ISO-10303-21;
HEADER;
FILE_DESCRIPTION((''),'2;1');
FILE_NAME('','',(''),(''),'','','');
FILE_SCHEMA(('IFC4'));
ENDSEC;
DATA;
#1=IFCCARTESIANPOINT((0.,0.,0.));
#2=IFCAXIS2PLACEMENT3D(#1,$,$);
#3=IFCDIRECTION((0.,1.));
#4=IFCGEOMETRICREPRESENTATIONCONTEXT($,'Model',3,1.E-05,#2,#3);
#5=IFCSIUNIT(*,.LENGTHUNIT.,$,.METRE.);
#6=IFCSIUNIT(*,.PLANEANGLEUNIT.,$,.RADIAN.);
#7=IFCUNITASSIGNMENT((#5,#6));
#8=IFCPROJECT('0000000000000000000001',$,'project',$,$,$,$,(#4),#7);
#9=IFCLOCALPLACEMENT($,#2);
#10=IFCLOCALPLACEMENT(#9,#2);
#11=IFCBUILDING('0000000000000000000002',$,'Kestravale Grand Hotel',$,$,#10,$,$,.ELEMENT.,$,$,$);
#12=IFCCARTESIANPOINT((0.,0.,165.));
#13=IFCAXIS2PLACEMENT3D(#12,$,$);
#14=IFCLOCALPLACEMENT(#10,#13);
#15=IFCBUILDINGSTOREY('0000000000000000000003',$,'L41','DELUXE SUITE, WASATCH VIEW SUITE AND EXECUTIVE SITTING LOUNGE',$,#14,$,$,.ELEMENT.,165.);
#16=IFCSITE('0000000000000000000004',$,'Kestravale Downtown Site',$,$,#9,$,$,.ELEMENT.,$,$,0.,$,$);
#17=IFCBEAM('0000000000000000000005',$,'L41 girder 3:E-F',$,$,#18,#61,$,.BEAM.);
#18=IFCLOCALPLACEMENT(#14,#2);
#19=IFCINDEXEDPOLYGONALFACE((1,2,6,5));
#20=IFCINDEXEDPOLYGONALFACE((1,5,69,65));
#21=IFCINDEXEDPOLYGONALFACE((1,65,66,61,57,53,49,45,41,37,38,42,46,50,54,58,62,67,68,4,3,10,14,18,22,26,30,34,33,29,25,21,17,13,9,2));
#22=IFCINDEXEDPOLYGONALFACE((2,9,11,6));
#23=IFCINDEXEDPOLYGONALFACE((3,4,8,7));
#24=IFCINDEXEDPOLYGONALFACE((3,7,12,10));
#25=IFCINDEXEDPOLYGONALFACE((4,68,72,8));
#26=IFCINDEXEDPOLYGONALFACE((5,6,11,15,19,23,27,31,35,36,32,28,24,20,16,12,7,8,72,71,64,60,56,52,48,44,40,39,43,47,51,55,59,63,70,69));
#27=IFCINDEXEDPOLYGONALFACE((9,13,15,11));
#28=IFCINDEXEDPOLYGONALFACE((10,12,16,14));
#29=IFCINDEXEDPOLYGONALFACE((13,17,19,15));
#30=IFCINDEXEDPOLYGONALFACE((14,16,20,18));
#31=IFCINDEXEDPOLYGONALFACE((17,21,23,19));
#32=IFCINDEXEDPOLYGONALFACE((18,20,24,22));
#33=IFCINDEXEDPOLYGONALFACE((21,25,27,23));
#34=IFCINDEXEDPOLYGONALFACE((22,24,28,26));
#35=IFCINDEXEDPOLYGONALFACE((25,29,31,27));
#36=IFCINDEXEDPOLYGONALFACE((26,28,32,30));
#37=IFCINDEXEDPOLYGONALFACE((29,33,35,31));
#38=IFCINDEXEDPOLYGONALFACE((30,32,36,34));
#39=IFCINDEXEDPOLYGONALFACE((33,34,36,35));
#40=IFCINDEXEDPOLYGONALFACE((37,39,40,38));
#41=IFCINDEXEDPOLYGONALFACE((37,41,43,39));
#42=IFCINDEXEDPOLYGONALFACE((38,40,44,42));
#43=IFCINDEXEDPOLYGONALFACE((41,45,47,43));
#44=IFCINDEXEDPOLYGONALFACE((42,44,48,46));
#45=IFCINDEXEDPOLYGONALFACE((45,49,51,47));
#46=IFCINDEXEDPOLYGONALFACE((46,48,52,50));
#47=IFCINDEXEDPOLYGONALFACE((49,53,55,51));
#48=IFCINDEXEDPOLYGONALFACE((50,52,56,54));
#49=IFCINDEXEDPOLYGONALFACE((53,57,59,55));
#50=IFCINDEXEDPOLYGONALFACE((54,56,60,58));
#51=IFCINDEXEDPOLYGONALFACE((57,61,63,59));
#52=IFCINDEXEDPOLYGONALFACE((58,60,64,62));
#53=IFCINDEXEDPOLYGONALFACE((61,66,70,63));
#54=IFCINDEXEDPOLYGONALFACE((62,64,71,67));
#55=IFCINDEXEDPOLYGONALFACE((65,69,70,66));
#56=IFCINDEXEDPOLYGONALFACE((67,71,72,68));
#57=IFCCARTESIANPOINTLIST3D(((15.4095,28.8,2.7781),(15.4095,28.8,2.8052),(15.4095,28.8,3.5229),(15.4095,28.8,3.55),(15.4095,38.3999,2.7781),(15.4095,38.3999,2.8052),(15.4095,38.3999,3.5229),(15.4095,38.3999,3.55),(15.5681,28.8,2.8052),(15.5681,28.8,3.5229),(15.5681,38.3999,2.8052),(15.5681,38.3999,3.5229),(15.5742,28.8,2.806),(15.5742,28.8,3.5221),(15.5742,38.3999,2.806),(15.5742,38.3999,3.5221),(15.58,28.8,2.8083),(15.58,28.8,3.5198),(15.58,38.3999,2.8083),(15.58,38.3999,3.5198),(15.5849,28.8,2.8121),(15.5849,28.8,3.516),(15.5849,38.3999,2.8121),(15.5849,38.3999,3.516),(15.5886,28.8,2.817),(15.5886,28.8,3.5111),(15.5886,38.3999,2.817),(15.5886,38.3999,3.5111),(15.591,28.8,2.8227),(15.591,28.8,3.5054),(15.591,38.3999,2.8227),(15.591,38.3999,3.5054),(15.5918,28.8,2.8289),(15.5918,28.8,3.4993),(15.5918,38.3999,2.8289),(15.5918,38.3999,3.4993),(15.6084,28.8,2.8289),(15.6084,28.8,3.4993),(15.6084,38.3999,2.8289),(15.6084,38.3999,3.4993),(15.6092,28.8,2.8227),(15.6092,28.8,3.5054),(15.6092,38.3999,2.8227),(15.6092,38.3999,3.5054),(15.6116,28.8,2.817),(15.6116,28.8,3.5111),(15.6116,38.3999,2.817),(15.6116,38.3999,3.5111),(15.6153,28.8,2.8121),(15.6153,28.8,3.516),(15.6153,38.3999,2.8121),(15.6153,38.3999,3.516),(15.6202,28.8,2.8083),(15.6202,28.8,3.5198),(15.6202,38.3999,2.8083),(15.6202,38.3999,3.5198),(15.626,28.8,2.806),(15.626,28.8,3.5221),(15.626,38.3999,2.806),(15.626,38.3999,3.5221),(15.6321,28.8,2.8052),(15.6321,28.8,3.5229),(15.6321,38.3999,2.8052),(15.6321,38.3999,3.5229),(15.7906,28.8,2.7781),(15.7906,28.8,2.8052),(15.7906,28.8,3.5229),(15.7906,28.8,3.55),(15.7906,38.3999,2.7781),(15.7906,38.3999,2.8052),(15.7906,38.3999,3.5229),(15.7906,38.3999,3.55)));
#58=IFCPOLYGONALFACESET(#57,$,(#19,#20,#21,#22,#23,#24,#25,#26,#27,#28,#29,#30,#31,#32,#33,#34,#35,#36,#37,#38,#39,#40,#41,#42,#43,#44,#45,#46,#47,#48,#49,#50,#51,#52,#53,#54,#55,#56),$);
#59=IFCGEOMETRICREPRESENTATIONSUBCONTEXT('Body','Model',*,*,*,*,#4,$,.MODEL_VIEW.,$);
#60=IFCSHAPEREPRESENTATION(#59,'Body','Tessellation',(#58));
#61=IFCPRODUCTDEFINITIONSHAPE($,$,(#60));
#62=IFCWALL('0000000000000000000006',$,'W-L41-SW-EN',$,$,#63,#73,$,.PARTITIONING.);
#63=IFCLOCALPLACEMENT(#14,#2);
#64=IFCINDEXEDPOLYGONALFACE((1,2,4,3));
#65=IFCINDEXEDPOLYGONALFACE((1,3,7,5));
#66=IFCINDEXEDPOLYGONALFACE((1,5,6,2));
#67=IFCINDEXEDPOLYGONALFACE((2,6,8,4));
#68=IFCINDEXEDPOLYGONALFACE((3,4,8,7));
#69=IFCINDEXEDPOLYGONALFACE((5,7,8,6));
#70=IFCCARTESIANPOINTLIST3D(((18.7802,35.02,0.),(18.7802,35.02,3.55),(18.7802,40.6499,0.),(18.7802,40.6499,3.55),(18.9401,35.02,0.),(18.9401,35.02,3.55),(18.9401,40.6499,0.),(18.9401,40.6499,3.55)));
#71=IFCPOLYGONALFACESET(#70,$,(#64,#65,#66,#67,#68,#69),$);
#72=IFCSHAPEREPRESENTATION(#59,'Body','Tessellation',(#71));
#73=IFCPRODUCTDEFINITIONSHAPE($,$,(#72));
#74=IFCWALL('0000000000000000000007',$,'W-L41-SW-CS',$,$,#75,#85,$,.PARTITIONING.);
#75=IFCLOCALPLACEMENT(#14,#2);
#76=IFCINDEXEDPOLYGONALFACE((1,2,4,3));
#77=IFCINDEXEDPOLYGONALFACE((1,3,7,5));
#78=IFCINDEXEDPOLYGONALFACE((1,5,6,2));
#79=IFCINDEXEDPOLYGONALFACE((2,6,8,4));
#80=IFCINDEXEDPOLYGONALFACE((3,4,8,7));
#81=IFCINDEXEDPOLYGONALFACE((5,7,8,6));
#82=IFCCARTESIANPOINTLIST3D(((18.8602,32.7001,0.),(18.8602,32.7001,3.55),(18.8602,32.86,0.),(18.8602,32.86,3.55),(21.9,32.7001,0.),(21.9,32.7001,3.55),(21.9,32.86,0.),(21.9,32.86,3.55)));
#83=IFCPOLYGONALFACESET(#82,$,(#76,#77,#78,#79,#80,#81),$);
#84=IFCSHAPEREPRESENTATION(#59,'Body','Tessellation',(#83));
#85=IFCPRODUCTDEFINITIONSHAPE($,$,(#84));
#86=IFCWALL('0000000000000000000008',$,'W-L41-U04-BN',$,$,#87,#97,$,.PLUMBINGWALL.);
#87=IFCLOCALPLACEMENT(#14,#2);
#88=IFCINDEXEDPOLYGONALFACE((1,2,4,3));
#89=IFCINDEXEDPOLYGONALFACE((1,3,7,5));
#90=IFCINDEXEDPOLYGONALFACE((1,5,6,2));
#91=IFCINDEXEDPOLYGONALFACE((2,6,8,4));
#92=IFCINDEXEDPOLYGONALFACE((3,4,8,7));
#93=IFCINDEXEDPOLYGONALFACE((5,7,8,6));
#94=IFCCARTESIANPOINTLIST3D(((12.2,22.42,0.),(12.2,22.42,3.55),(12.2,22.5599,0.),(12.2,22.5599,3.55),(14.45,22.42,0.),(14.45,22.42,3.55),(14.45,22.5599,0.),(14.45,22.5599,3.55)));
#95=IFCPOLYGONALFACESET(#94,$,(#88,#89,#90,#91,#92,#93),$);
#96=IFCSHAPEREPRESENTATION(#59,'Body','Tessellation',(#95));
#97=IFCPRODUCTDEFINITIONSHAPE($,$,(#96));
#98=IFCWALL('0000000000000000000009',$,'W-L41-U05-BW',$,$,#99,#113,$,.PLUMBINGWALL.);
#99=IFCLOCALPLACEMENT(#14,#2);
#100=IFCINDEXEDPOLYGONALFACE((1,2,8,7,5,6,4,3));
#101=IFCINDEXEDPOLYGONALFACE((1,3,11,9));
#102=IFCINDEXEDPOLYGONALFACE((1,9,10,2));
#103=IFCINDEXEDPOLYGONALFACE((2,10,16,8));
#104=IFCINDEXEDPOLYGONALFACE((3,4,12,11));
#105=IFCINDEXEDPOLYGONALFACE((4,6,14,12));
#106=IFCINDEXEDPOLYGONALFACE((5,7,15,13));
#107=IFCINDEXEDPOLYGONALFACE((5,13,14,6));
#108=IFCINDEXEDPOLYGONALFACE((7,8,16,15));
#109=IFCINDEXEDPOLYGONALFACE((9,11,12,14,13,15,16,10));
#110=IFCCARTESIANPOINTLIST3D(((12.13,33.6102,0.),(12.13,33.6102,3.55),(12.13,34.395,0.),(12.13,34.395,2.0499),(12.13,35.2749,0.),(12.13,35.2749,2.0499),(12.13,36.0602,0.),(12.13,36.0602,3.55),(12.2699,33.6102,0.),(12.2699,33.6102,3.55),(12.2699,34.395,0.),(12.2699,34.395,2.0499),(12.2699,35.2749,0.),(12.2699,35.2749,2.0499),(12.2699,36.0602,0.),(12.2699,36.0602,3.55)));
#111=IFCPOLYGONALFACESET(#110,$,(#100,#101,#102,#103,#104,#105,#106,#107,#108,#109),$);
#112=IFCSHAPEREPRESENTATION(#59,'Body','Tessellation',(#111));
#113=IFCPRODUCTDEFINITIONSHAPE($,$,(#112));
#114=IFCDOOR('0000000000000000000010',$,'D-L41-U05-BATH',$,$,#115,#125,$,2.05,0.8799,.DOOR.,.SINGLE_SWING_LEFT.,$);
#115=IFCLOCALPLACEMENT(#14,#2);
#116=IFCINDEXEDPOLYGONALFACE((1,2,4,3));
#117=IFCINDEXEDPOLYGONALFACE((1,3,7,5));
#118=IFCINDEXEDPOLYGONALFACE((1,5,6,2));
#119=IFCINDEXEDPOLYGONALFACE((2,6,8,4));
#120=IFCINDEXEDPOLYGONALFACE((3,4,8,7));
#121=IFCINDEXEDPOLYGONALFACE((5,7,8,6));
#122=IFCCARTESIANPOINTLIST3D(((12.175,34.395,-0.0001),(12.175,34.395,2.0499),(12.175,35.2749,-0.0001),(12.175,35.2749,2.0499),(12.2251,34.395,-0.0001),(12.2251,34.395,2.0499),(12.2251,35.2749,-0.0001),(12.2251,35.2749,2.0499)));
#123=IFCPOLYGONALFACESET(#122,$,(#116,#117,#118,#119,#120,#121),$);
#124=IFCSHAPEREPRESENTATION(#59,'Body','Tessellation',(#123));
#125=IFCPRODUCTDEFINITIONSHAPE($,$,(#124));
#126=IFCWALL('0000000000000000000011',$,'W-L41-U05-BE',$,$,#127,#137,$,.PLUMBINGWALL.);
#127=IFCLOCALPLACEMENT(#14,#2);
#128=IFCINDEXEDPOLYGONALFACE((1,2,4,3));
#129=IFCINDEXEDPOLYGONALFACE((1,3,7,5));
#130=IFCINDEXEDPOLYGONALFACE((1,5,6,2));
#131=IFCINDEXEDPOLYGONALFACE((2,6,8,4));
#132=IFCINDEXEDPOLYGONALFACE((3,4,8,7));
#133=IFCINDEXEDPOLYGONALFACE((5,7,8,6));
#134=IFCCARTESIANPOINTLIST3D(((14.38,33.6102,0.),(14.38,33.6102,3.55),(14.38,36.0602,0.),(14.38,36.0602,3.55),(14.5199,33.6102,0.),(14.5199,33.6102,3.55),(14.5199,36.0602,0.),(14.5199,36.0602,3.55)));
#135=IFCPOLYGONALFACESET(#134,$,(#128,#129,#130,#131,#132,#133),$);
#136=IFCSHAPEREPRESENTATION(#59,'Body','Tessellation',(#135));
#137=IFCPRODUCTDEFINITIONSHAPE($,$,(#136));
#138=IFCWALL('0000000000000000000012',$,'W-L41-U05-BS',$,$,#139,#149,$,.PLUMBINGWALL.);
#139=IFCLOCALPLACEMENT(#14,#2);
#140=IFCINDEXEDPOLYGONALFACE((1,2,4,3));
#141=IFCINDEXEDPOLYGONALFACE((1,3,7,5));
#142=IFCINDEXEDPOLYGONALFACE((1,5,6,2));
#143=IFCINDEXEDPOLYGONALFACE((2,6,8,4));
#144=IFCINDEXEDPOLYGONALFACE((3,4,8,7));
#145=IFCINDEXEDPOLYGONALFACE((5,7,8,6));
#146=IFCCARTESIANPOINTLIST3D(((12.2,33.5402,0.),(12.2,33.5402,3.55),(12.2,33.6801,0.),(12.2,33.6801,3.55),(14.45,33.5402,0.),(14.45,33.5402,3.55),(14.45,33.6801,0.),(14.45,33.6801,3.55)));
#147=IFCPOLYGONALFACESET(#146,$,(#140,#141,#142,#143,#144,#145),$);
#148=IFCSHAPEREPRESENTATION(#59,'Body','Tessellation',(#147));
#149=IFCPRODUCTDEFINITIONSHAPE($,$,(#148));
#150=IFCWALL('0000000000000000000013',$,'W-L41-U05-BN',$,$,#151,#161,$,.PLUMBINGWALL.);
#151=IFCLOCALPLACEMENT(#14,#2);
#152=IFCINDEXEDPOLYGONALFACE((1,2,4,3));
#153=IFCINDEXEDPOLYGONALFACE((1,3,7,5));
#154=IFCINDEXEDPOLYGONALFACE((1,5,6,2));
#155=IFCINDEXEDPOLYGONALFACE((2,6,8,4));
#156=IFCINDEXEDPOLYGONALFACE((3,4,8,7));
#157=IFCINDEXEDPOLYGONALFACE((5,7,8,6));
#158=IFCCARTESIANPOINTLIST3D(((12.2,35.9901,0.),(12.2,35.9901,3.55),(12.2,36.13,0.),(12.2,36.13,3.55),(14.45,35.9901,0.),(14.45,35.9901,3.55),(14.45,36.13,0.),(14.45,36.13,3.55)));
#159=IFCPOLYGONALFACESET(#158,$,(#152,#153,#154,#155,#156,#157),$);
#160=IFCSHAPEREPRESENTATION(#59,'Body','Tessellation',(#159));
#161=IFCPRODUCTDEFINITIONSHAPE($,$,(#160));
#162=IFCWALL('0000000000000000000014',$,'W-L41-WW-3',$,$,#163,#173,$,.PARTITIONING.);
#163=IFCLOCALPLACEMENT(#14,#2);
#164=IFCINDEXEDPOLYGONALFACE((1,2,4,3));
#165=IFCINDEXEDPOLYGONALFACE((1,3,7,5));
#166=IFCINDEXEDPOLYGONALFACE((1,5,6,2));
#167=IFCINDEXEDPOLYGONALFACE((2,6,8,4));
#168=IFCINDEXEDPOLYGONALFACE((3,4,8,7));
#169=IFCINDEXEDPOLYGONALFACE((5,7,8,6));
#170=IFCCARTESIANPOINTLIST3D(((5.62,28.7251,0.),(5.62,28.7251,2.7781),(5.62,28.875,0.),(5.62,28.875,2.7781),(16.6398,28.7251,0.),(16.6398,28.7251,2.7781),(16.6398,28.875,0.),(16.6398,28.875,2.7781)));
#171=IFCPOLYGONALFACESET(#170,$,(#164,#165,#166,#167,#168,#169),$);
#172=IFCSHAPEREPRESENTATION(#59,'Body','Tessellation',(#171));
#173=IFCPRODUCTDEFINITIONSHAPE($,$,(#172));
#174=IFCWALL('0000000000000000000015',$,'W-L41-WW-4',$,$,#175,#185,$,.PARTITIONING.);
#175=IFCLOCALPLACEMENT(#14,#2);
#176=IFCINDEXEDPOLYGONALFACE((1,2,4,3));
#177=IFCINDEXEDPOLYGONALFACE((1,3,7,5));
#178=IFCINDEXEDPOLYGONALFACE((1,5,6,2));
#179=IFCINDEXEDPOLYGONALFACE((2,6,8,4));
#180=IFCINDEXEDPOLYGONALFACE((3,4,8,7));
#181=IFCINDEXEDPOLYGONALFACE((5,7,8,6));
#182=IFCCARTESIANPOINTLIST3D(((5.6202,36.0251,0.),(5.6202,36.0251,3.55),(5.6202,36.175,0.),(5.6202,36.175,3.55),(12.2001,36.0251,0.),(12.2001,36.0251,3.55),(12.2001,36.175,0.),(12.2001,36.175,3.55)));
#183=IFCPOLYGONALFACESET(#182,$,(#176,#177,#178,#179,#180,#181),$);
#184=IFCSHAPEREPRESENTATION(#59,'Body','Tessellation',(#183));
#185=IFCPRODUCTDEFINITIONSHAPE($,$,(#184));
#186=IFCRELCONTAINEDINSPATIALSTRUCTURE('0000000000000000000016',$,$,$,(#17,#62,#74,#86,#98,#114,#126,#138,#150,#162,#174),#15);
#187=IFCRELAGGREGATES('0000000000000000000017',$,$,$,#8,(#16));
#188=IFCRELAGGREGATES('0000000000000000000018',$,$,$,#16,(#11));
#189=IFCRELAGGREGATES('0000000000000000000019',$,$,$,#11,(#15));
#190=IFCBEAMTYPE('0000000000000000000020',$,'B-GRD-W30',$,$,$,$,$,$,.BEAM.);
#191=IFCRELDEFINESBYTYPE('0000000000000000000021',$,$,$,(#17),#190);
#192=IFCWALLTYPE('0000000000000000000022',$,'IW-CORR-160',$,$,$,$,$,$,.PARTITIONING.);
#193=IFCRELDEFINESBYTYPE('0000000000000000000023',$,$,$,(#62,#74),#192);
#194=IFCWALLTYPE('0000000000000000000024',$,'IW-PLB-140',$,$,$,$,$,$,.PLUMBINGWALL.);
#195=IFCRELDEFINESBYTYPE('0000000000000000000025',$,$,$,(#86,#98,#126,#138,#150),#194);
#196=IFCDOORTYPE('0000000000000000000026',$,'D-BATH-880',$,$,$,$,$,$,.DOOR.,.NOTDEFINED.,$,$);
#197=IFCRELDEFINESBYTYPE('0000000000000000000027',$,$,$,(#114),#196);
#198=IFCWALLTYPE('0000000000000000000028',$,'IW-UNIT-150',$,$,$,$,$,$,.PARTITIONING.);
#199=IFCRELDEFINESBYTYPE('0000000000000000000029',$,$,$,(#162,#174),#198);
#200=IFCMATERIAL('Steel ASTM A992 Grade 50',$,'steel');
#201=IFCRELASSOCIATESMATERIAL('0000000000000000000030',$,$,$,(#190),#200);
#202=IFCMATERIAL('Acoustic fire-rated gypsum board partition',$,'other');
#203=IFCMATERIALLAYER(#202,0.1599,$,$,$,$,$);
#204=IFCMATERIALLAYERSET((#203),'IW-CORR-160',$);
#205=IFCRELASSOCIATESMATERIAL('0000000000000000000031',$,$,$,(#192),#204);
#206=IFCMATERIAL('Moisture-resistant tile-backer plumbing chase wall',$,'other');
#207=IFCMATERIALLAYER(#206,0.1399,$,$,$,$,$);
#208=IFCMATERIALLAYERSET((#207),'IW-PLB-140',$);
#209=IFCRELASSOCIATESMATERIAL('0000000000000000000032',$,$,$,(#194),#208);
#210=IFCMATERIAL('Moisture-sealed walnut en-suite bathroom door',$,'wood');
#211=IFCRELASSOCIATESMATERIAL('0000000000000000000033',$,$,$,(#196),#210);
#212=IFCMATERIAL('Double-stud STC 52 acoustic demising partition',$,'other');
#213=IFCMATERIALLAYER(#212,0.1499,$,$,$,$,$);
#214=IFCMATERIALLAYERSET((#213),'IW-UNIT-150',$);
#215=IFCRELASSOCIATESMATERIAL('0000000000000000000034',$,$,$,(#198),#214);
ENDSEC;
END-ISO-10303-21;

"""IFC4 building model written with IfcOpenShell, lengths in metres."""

from ifc_helpers import new_model, si_unit, direction, frame, frame_2d, origin, origin_2d, place, context, subcontext, project, spatial, rectangle, i_section, extrude, material, layer, layer_set, material_profile, profile_set, type_object, element, fill, save


model = new_model("IFC4")

# Units and contexts
model_context = context("Model", 3, precision=1e-05, world=origin(), true_north=direction((0.0, 1.0)))
body_context = subcontext(model_context, "Body", "Model", "MODEL_VIEW")
ifc_project = project(units=[si_unit("LENGTHUNIT", "METRE"), si_unit("PLANEANGLEUNIT", "RADIAN")], contexts=[model_context])

# Site, building, storey
site_placement = place(None, origin())
site = spatial("IfcSite", under=ifc_project, at=site_placement, Name="Kestravale Downtown Site", CompositionType="ELEMENT", RefElevation=0.0)
building_placement = place(site_placement, origin())
building = spatial("IfcBuilding", under=site, at=building_placement, Name="Kestravale Grand Hotel", CompositionType="ELEMENT")
storey_placement = place(building_placement, frame((0.0, 0.0, 165.0)))
storey = spatial("IfcBuildingStorey", under=building, at=storey_placement, Name="L41", Description="DELUXE SUITE, WASATCH VIEW SUITE AND EXECUTIVE SITTING LOUNGE", CompositionType="ELEMENT", Elevation=165.0)

# Beam
ifc_material_1 = material(Name="Steel ASTM A992 Grade 50", Category="steel")
ifc_material_profile_1 = material_profile(ifc_material_1, i_section(OverallWidth=0.3811, OverallDepth=0.772, WebThickness=0.0166, FlangeThickness=0.0271, FilletRadius=0.0237, at=origin_2d()))
ifc_profile_set_1 = profile_set([ifc_material_profile_1], Name="Steel ASTM A992 Grade 50")
beam_type_1 = type_object("IfcBeamType", Name="B-GRD-W30", PredefinedType="BEAM", material=ifc_profile_set_1)
beam_1_placement = place(storey_placement, frame((15.6001, 28.8, 3.1641), z_axis=(0.0, 1.0, 0.0), x_axis=(-1.0, 0.0, 0.0)))
element("IfcBeam", 1, at=beam_1_placement, inside=storey, type_object=beam_type_1, Name="L41 girder 3:E-F", PredefinedType="BEAM", context=body_context, shape_type="SweptSolid", body=[
    extrude(i_section(OverallWidth=0.3811, OverallDepth=0.772, WebThickness=0.0166, FlangeThickness=0.0271, FilletRadius=0.0237, at=origin_2d()), origin(), (0.0, 0.0, 1.0), 9.5999),
])

# Walls
ifc_material_2 = material(Name="Acoustic fire-rated gypsum board partition", Category="other")
ifc_layer_1 = layer(ifc_material_2, 0.1599)
ifc_layer_set_1 = layer_set([ifc_layer_1], Name="IW-CORR-160")
wall_type_1 = type_object("IfcWallType", Name="IW-CORR-160", PredefinedType="PARTITIONING", material=ifc_layer_set_1)
wall_1_placement = place(storey_placement, frame((18.8601, 35.02, 0.0), z_axis=(0.0, 0.0, 1.0), x_axis=(0.0, 1.0, 0.0)))
element("IfcWall", 2, at=wall_1_placement, inside=storey, type_object=wall_type_1, Name="W-L41-SW-EN", PredefinedType="PARTITIONING", context=body_context, shape_type="SweptSolid", body=[
    extrude(rectangle(XDim=5.6299, YDim=0.1599, at=frame_2d((2.8149, 0.0))), origin(), (0.0, 0.0, 1.0), 3.55),
])
wall_2_placement = place(storey_placement, frame((18.8601, 32.78, 0.0), z_axis=(0.0, 0.0, 1.0), x_axis=(1.0, 0.0, 0.0)))
element("IfcWall", 3, at=wall_2_placement, inside=storey, type_object=wall_type_1, Name="W-L41-SW-CS", PredefinedType="PARTITIONING", context=body_context, shape_type="SweptSolid", body=[
    extrude(rectangle(XDim=3.0398, YDim=0.1599, at=frame_2d((1.52, 0.0))), origin(), (0.0, 0.0, 1.0), 3.55),
])
ifc_material_3 = material(Name="Moisture-resistant tile-backer plumbing chase wall", Category="other")
ifc_layer_2 = layer(ifc_material_3, 0.1399)
ifc_layer_set_2 = layer_set([ifc_layer_2], Name="IW-PLB-140")
wall_type_2 = type_object("IfcWallType", Name="IW-PLB-140", PredefinedType="PLUMBINGWALL", material=ifc_layer_set_2)
wall_3_placement = place(storey_placement, frame((12.2, 22.49, 0.0), z_axis=(0.0, 0.0, 1.0), x_axis=(1.0, 0.0, 0.0)))
element("IfcWall", 4, at=wall_3_placement, inside=storey, type_object=wall_type_2, Name="W-L41-U04-BN", PredefinedType="PLUMBINGWALL", context=body_context, shape_type="SweptSolid", body=[
    extrude(rectangle(XDim=2.25, YDim=0.1399, at=frame_2d((1.125, 0.0))), origin(), (0.0, 0.0, 1.0), 3.55),
])

# Wall, opening, door
wall_4_placement = place(storey_placement, frame((12.2, 33.6101, 0.0), z_axis=(0.0, 0.0, 1.0), x_axis=(0.0, 1.0, 0.0)))
wall_4 = element("IfcWall", 5, at=wall_4_placement, inside=storey, type_object=wall_type_2, Name="W-L41-U05-BW", PredefinedType="PLUMBINGWALL", context=body_context, shape_type="SweptSolid", body=[
    extrude(rectangle(XDim=2.45, YDim=0.1399, at=frame_2d((1.2251, 0.0))), origin(), (0.0, 0.0, 1.0), 3.55),
])
opening_placement = place(wall_4_placement, frame((0.7849, 0.0, 0.0)))
opening = element("IfcOpeningElement", 6, at=opening_placement, cuts=wall_4, PredefinedType="OPENING", context=body_context, shape_type="SweptSolid", body=[
    extrude(rectangle(XDim=0.8799, YDim=2.05, at=frame_2d((0.4399, 1.0249))), frame((0.0, 0.0798, 0.0), z_axis=(0.0, -1.0, 0.0), x_axis=(1.0, 0.0, 0.0)), (0.0, 0.0, 1.0), 0.1599),
])
ifc_material_4 = material(Name="Moisture-sealed walnut en-suite bathroom door", Category="wood")
door_type = type_object("IfcDoorType", Name="D-BATH-880", OperationType="NOTDEFINED", PredefinedType="DOOR", material=ifc_material_4)
door_placement = place(opening_placement, origin())
door = element("IfcDoor", 7, at=door_placement, inside=storey, type_object=door_type, Name="D-L41-U05-BATH", OperationType="SINGLE_SWING_LEFT", OverallHeight=2.05, OverallWidth=0.8799, PredefinedType="DOOR", context=body_context, shape_type="SweptSolid", body=[
    extrude(rectangle(XDim=0.8799, YDim=2.05, at=frame_2d((0.4399, 1.0249))), frame((0.0, 0.0249, 0.0), z_axis=(0.0, -1.0, 0.0), x_axis=(1.0, 0.0, 0.0)), (0.0, 0.0, 1.0), 0.05),
])
fill(opening, door)

# Walls
wall_5_placement = place(storey_placement, frame((14.45, 33.6101, 0.0), z_axis=(0.0, 0.0, 1.0), x_axis=(0.0, 1.0, 0.0)))
element("IfcWall", 8, at=wall_5_placement, inside=storey, type_object=wall_type_2, Name="W-L41-U05-BE", PredefinedType="PLUMBINGWALL", context=body_context, shape_type="SweptSolid", body=[
    extrude(rectangle(XDim=2.45, YDim=0.1399, at=frame_2d((1.2251, 0.0))), origin(), (0.0, 0.0, 1.0), 3.55),
])
for number, where, z_axis, x_axis, name in (
    (9, (12.2, 33.6101, 0.0), (0.0, 0.0, 1.0), (1.0, 0.0, 0.0), "W-L41-U05-BS"),
    (10, (12.2, 36.0601, 0.0), (0.0, 0.0, 1.0), (1.0, 0.0, 0.0), "W-L41-U05-BN"),
):
    element("IfcWall", number, at=place(storey_placement, frame(where, z_axis=z_axis, x_axis=x_axis)), inside=storey, type_object=wall_type_2, Name=name, PredefinedType="PLUMBINGWALL", context=body_context, shape_type="SweptSolid", body=[
        extrude(rectangle(XDim=2.25, YDim=0.1399, at=frame_2d((1.125, 0.0))), origin(), (0.0, 0.0, 1.0), 3.55),
    ])
ifc_material_5 = material(Name="Double-stud STC 52 acoustic demising partition", Category="other")
ifc_layer_3 = layer(ifc_material_5, 0.1499)
ifc_layer_set_3 = layer_set([ifc_layer_3], Name="IW-UNIT-150")
wall_type_3 = type_object("IfcWallType", Name="IW-UNIT-150", PredefinedType="PARTITIONING", material=ifc_layer_set_3)
wall_6_placement = place(storey_placement, frame((5.6201, 28.8, 0.0), z_axis=(0.0, 0.0, 1.0), x_axis=(1.0, 0.0, 0.0)))
element("IfcWall", 11, at=wall_6_placement, inside=storey, type_object=wall_type_3, Name="W-L41-WW-3", PredefinedType="PARTITIONING", context=body_context, shape_type="SweptSolid", body=[
    extrude(rectangle(XDim=11.0198, YDim=0.1499, at=frame_2d((5.5098, 0.0))), origin(), (0.0, 0.0, 1.0), 2.7781),
])
wall_7_placement = place(storey_placement, frame((5.6201, 36.1001, 0.0), z_axis=(0.0, 0.0, 1.0), x_axis=(1.0, 0.0, 0.0)))
element("IfcWall", 12, at=wall_7_placement, inside=storey, type_object=wall_type_3, Name="W-L41-WW-4", PredefinedType="PARTITIONING", context=body_context, shape_type="SweptSolid", body=[
    extrude(rectangle(XDim=6.5798, YDim=0.1499, at=frame_2d((3.29, 0.0))), origin(), (0.0, 0.0, 1.0), 3.55),
])

save(model, "model.ifc")
